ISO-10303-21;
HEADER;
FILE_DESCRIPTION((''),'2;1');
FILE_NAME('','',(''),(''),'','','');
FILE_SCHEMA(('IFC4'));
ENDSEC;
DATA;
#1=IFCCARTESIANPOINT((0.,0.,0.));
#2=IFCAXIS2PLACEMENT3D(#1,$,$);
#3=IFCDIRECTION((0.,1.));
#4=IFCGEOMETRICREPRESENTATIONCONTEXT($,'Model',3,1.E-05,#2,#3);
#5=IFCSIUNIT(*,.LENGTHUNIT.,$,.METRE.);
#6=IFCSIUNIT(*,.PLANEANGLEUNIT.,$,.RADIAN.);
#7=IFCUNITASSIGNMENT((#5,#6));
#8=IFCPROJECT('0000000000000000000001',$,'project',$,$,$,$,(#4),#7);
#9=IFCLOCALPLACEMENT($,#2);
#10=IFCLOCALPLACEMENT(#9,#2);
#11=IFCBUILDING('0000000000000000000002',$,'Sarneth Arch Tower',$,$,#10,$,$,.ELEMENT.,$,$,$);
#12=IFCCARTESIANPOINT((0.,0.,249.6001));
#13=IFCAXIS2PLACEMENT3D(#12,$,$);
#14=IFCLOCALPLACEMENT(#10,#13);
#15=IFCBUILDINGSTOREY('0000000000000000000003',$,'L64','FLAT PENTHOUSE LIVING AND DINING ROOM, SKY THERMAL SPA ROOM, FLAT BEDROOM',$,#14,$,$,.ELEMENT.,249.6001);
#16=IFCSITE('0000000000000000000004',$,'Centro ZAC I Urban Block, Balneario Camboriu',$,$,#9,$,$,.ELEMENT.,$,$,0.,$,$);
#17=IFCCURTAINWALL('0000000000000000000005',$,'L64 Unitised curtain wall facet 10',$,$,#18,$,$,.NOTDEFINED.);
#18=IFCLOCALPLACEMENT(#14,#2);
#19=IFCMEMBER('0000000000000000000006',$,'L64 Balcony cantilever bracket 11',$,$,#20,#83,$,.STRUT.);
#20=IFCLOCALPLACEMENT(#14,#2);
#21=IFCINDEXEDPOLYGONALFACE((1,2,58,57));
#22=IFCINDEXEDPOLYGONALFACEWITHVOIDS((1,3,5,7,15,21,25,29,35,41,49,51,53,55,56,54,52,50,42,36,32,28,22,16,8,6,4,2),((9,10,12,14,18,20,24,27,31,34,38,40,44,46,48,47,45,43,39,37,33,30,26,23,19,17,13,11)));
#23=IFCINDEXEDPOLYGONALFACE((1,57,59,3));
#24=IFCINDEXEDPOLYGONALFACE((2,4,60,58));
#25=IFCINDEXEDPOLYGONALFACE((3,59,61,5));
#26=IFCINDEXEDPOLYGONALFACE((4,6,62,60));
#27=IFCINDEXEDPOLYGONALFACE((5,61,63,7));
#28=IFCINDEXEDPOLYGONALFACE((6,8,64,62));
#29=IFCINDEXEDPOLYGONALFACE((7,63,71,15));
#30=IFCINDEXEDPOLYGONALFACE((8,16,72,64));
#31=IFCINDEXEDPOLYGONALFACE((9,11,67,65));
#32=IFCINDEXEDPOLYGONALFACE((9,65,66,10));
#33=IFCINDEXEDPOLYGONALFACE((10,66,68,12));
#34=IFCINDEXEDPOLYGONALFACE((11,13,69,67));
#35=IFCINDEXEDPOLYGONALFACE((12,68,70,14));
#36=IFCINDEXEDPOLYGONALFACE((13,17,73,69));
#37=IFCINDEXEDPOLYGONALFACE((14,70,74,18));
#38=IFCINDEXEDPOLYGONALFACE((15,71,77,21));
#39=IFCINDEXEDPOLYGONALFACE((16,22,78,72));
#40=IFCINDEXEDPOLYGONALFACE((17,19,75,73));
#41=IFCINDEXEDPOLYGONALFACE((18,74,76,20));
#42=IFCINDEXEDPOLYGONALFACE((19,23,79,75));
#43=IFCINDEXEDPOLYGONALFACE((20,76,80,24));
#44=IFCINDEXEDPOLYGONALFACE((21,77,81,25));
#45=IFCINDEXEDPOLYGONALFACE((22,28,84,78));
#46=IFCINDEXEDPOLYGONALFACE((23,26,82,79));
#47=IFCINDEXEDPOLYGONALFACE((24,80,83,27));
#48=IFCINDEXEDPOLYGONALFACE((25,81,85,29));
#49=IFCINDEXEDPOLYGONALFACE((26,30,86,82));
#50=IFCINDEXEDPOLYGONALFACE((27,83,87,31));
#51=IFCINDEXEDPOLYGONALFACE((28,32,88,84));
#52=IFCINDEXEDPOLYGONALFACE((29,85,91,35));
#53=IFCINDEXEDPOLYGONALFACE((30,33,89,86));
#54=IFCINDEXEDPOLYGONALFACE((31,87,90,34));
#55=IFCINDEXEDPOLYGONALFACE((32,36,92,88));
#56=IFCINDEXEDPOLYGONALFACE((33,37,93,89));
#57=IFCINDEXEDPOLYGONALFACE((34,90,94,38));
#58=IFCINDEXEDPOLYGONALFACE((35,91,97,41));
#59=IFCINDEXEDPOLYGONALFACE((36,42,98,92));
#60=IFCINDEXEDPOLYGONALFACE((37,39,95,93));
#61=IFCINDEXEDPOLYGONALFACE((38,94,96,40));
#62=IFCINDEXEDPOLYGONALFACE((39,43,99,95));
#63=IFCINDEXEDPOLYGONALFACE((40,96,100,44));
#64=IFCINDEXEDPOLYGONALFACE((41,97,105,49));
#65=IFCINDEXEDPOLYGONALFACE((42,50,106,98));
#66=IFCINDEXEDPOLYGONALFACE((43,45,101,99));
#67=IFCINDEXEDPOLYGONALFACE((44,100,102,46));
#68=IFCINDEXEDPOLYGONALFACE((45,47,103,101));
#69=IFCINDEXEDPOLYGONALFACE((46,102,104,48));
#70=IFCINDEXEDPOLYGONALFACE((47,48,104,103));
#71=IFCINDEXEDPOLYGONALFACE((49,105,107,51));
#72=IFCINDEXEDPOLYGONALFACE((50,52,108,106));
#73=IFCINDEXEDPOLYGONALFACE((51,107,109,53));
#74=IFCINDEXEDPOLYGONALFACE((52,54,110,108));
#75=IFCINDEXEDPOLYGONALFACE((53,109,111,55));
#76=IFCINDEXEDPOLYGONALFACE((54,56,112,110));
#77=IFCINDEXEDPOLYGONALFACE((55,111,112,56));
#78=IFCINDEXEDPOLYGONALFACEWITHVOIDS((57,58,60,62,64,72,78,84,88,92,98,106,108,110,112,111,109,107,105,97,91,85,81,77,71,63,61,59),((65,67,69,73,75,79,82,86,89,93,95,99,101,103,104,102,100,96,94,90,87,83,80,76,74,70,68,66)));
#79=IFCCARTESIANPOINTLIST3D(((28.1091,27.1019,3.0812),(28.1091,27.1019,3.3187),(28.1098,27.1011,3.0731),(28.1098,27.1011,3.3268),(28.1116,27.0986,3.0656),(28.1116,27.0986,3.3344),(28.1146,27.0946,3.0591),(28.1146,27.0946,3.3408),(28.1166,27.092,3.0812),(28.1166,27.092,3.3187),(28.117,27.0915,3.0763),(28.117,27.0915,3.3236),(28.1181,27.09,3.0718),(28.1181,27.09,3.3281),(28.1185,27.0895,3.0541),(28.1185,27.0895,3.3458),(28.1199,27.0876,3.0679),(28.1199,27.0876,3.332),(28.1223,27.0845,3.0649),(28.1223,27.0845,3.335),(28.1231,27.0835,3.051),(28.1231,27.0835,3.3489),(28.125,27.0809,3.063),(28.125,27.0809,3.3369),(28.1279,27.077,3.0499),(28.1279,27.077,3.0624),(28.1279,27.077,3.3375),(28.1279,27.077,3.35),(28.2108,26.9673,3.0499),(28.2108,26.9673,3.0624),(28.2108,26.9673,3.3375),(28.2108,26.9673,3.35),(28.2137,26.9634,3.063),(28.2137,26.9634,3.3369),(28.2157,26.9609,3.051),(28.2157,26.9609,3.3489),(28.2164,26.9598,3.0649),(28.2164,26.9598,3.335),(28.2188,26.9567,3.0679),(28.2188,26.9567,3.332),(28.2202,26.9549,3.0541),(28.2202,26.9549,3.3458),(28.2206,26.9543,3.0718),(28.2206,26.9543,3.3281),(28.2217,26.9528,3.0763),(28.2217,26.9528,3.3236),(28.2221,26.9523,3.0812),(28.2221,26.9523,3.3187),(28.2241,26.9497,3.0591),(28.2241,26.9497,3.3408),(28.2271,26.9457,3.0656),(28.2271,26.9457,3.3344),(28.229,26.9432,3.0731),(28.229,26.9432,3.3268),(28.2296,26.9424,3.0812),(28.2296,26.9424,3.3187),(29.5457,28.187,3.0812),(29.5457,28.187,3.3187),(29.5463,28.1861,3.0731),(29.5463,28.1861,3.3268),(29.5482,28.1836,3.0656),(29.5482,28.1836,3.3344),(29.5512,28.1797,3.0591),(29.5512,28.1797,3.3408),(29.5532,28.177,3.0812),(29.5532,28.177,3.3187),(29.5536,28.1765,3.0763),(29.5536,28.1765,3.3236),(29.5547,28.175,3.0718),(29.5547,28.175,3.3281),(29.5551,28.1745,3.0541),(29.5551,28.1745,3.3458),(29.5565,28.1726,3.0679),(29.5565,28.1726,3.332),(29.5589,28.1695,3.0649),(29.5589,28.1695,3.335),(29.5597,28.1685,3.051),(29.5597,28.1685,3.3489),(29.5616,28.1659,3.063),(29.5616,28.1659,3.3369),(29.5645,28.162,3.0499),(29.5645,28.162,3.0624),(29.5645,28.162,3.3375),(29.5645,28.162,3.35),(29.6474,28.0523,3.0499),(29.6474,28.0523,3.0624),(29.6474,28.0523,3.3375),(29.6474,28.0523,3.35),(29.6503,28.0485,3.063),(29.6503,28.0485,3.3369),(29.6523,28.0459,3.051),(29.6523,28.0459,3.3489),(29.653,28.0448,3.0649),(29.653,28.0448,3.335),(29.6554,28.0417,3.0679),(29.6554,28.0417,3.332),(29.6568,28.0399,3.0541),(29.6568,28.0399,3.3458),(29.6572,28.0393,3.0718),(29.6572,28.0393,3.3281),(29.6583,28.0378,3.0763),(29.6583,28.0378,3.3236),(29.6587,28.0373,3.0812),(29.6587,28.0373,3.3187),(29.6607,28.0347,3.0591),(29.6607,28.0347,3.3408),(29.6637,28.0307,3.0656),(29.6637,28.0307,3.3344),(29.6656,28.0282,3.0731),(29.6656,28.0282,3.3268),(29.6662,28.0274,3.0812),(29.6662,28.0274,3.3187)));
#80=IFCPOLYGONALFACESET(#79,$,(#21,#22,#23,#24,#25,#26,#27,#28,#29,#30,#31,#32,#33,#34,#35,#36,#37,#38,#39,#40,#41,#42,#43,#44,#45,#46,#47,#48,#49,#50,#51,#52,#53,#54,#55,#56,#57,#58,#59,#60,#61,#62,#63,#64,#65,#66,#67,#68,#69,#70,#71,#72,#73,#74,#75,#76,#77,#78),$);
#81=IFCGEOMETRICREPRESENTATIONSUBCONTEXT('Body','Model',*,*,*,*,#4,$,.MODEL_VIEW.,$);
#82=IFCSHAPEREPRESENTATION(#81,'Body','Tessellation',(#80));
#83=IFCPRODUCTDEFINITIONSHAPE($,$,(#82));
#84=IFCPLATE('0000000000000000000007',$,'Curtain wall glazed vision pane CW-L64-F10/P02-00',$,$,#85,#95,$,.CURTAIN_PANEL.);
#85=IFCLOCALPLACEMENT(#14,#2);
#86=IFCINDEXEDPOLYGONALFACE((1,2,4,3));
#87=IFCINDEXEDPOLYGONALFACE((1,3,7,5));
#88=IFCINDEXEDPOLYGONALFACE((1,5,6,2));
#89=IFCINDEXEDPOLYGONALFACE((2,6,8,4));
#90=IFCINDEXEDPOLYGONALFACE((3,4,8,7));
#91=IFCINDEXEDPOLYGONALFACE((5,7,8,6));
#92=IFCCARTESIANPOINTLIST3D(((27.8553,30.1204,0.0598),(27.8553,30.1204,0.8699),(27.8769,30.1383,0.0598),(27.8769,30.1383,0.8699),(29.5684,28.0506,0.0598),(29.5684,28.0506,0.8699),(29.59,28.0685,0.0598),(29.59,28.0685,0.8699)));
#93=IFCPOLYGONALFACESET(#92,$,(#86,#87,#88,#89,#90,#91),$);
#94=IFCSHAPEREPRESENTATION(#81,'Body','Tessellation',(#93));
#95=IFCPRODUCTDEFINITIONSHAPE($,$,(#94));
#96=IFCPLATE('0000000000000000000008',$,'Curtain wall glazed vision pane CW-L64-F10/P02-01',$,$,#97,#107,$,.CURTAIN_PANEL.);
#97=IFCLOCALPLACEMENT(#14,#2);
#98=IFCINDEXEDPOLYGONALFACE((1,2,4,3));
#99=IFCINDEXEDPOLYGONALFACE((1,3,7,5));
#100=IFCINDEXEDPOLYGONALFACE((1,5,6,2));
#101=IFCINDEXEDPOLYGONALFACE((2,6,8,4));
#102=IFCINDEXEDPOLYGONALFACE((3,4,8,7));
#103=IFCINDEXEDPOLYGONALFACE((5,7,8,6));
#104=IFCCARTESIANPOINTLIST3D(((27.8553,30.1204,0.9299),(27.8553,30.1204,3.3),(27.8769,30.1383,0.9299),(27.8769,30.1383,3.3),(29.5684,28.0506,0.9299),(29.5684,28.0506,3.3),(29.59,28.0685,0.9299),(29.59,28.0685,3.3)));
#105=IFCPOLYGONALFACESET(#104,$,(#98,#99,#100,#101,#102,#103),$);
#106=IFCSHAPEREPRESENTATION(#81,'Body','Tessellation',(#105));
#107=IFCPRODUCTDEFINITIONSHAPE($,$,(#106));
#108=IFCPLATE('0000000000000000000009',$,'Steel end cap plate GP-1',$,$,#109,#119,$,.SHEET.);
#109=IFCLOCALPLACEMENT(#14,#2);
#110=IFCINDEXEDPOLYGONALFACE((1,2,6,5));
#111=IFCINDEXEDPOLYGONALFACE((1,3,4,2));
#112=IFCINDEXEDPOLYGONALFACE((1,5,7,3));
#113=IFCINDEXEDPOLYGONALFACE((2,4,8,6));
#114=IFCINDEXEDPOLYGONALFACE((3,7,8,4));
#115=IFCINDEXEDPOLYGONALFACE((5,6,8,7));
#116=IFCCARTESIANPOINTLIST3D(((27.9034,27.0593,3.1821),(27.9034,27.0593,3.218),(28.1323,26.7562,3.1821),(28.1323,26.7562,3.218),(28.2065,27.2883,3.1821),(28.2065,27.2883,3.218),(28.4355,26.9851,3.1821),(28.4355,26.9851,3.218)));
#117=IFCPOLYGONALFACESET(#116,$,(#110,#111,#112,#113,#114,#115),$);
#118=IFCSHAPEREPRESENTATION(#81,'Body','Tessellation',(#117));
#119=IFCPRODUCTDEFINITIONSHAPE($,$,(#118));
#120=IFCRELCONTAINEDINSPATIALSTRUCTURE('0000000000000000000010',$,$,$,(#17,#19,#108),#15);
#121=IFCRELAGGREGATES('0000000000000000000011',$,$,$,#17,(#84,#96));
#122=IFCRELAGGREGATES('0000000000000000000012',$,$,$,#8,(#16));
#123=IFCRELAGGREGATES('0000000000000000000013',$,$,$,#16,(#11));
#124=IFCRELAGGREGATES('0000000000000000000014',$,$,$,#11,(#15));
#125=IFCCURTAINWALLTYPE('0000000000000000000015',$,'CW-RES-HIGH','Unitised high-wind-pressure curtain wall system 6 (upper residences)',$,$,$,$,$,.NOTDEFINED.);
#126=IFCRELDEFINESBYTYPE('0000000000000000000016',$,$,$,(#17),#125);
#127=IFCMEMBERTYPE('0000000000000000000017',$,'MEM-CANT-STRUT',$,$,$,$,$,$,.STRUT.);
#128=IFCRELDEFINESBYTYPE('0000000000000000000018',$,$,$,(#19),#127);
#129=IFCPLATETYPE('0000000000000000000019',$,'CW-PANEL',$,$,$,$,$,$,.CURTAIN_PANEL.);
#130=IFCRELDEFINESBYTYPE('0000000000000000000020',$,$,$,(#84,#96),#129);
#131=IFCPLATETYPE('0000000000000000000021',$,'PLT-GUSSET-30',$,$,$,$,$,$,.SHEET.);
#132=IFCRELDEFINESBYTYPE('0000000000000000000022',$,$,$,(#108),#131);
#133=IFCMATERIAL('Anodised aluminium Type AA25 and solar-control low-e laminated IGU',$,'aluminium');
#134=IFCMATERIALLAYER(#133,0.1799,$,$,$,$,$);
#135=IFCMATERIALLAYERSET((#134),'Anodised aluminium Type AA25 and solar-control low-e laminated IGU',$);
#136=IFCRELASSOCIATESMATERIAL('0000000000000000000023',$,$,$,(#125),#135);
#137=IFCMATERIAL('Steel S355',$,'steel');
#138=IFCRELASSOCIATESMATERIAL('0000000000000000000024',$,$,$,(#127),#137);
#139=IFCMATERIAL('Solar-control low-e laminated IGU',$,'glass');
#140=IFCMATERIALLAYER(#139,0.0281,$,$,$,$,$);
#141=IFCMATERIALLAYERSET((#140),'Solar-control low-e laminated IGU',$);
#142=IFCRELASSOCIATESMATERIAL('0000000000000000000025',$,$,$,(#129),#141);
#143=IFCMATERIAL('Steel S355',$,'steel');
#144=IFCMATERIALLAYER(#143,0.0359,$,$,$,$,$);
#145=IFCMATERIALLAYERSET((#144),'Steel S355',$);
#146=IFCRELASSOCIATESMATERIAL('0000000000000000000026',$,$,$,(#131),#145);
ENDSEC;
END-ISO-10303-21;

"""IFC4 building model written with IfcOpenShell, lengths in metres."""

from ifc_helpers import new_model, si_unit, direction, frame, origin, origin_2d, place, context, subcontext, project, spatial, rectangle, hollow_rectangle, extrude, material, layer, layer_set, material_profile, profile_set, type_object, element, aggregate, save


model = new_model("IFC4")

# Units and contexts
model_context = context("Model", 3, precision=1e-05, world=origin(), true_north=direction((0.0, 1.0)))
body_context = subcontext(model_context, "Body", "Model", "MODEL_VIEW")
ifc_project = project(units=[si_unit("LENGTHUNIT", "METRE"), si_unit("PLANEANGLEUNIT", "RADIAN")], contexts=[model_context])

# Site, building, storey
site_placement = place(None, origin())
site = spatial("IfcSite", under=ifc_project, at=site_placement, Name="Centro ZAC I Urban Block, Balneario Camboriu", CompositionType="ELEMENT", RefElevation=0.0)
building_placement = place(site_placement, origin())
building = spatial("IfcBuilding", under=site, at=building_placement, Name="Sarneth Arch Tower", CompositionType="ELEMENT")
storey_placement = place(building_placement, frame((0.0, 0.0, 249.6001)))
storey = spatial("IfcBuildingStorey", under=building, at=storey_placement, Name="L64", Description="FLAT PENTHOUSE LIVING AND DINING ROOM, SKY THERMAL SPA ROOM, FLAT BEDROOM", CompositionType="ELEMENT", Elevation=249.6001)

# Curtain wall
ifc_material_1 = material(Name="Anodised aluminium Type AA25 and solar-control low-e laminated IGU", Category="aluminium")
ifc_layer_1 = layer(ifc_material_1, 0.1799)
ifc_layer_set_1 = layer_set([ifc_layer_1], Name="Anodised aluminium Type AA25 and solar-control low-e laminated IGU")
curtain_wall_type = type_object("IfcCurtainWallType", Name="CW-RES-HIGH", Description="Unitised high-wind-pressure curtain wall system 6 (upper residences)", PredefinedType="NOTDEFINED", material=ifc_layer_set_1)
curtain_wall_placement = place(storey_placement, origin())
curtain_wall = element("IfcCurtainWall", 1, at=curtain_wall_placement, inside=storey, type_object=curtain_wall_type, Name="L64 Unitised curtain wall facet 10", PredefinedType="NOTDEFINED")

# Member
ifc_material_2 = material(Name="Steel S355", Category="steel")
ifc_material_profile_1 = material_profile(ifc_material_2, hollow_rectangle(XDim=0.2, YDim=0.3, WallThickness=0.0125, InnerFilletRadius=0.0188, OuterFilletRadius=0.0312, at=origin_2d()), Name="RHS300x200x12.5")
ifc_profile_set_1 = profile_set([ifc_material_profile_1], Name="Steel S355")
member_type_1 = type_object("IfcMemberType", Name="MEM-CANT-STRUT", PredefinedType="STRUT", material=ifc_profile_set_1)
member_1_placement = place(storey_placement, frame((29.606, 28.1072, 3.2), z_axis=(-0.797977, -0.602687, 0.0), x_axis=(0.602687, -0.797977, 0.0)))
element("IfcMember", 2, at=member_1_placement, inside=storey, type_object=member_type_1, Name="L64 Balcony cantilever bracket 11", PredefinedType="STRUT", context=body_context, shape_type="SweptSolid", body=[
    extrude(hollow_rectangle(XDim=0.2, YDim=0.3, WallThickness=0.0125, InnerFilletRadius=0.0188, OuterFilletRadius=0.0312, at=origin_2d()), origin(), (0.0, 0.0, 1.0), 1.8003),
])

# Plates
ifc_material_3 = material(Name="Solar-control low-e laminated IGU", Category="glass")
ifc_layer_2 = layer(ifc_material_3, 0.0281)
ifc_layer_set_2 = layer_set([ifc_layer_2], Name="Solar-control low-e laminated IGU")
plate_type_1 = type_object("IfcPlateType", Name="CW-PANEL", PredefinedType="CURTAIN_PANEL", material=ifc_layer_set_2)
plate_1_placement = place(storey_placement, frame((28.7227, 29.0945, 0.0598), z_axis=(0.0, 0.0, 1.0), x_axis=(0.63761, -0.770359, 0.0)))
plate_1 = element("IfcPlate", 3, at=plate_1_placement, type_object=plate_type_1, Name="Curtain wall glazed vision pane CW-L64-F10/P02-00", PredefinedType="CURTAIN_PANEL", context=body_context, shape_type="SweptSolid", body=[
    extrude(rectangle(XDim=2.6868, YDim=0.0281, at=origin_2d()), origin(), (0.0, 0.0, 1.0), 0.8101),
])
plate_2_placement = place(storey_placement, frame((28.7227, 29.0945, 0.9299), z_axis=(0.0, 0.0, 1.0), x_axis=(0.63761, -0.770359, 0.0)))
plate_2 = element("IfcPlate", 4, at=plate_2_placement, type_object=plate_type_1, Name="Curtain wall glazed vision pane CW-L64-F10/P02-01", PredefinedType="CURTAIN_PANEL", context=body_context, shape_type="SweptSolid", body=[
    extrude(rectangle(XDim=2.6868, YDim=0.0281, at=origin_2d()), origin(), (0.0, 0.0, 1.0), 2.3701),
])
aggregate(curtain_wall, [plate_1, plate_2])
ifc_material_4 = material(Name="Steel S355", Category="steel")
ifc_layer_3 = layer(ifc_material_4, 0.0359)
ifc_layer_set_3 = layer_set([ifc_layer_3], Name="Steel S355")
plate_type_2 = type_object("IfcPlateType", Name="PLT-GUSSET-30", PredefinedType="SHEET", material=ifc_layer_set_3)
plate_3_placement = place(storey_placement, frame((28.1694, 27.0222, 3.1821), z_axis=(0.0, 0.0, 1.0), x_axis=(-0.798005, -0.602651, 0.0)))
element("IfcPlate", 5, at=plate_3_placement, inside=storey, type_object=plate_type_2, Name="Steel end cap plate GP-1", PredefinedType="SHEET", context=body_context, shape_type="SweptSolid", body=[
    extrude(rectangle(XDim=0.3799, YDim=0.3799, at=origin_2d()), origin(), (0.0, 0.0, 1.0), 0.0359),
])

save(model, "model.ifc")
